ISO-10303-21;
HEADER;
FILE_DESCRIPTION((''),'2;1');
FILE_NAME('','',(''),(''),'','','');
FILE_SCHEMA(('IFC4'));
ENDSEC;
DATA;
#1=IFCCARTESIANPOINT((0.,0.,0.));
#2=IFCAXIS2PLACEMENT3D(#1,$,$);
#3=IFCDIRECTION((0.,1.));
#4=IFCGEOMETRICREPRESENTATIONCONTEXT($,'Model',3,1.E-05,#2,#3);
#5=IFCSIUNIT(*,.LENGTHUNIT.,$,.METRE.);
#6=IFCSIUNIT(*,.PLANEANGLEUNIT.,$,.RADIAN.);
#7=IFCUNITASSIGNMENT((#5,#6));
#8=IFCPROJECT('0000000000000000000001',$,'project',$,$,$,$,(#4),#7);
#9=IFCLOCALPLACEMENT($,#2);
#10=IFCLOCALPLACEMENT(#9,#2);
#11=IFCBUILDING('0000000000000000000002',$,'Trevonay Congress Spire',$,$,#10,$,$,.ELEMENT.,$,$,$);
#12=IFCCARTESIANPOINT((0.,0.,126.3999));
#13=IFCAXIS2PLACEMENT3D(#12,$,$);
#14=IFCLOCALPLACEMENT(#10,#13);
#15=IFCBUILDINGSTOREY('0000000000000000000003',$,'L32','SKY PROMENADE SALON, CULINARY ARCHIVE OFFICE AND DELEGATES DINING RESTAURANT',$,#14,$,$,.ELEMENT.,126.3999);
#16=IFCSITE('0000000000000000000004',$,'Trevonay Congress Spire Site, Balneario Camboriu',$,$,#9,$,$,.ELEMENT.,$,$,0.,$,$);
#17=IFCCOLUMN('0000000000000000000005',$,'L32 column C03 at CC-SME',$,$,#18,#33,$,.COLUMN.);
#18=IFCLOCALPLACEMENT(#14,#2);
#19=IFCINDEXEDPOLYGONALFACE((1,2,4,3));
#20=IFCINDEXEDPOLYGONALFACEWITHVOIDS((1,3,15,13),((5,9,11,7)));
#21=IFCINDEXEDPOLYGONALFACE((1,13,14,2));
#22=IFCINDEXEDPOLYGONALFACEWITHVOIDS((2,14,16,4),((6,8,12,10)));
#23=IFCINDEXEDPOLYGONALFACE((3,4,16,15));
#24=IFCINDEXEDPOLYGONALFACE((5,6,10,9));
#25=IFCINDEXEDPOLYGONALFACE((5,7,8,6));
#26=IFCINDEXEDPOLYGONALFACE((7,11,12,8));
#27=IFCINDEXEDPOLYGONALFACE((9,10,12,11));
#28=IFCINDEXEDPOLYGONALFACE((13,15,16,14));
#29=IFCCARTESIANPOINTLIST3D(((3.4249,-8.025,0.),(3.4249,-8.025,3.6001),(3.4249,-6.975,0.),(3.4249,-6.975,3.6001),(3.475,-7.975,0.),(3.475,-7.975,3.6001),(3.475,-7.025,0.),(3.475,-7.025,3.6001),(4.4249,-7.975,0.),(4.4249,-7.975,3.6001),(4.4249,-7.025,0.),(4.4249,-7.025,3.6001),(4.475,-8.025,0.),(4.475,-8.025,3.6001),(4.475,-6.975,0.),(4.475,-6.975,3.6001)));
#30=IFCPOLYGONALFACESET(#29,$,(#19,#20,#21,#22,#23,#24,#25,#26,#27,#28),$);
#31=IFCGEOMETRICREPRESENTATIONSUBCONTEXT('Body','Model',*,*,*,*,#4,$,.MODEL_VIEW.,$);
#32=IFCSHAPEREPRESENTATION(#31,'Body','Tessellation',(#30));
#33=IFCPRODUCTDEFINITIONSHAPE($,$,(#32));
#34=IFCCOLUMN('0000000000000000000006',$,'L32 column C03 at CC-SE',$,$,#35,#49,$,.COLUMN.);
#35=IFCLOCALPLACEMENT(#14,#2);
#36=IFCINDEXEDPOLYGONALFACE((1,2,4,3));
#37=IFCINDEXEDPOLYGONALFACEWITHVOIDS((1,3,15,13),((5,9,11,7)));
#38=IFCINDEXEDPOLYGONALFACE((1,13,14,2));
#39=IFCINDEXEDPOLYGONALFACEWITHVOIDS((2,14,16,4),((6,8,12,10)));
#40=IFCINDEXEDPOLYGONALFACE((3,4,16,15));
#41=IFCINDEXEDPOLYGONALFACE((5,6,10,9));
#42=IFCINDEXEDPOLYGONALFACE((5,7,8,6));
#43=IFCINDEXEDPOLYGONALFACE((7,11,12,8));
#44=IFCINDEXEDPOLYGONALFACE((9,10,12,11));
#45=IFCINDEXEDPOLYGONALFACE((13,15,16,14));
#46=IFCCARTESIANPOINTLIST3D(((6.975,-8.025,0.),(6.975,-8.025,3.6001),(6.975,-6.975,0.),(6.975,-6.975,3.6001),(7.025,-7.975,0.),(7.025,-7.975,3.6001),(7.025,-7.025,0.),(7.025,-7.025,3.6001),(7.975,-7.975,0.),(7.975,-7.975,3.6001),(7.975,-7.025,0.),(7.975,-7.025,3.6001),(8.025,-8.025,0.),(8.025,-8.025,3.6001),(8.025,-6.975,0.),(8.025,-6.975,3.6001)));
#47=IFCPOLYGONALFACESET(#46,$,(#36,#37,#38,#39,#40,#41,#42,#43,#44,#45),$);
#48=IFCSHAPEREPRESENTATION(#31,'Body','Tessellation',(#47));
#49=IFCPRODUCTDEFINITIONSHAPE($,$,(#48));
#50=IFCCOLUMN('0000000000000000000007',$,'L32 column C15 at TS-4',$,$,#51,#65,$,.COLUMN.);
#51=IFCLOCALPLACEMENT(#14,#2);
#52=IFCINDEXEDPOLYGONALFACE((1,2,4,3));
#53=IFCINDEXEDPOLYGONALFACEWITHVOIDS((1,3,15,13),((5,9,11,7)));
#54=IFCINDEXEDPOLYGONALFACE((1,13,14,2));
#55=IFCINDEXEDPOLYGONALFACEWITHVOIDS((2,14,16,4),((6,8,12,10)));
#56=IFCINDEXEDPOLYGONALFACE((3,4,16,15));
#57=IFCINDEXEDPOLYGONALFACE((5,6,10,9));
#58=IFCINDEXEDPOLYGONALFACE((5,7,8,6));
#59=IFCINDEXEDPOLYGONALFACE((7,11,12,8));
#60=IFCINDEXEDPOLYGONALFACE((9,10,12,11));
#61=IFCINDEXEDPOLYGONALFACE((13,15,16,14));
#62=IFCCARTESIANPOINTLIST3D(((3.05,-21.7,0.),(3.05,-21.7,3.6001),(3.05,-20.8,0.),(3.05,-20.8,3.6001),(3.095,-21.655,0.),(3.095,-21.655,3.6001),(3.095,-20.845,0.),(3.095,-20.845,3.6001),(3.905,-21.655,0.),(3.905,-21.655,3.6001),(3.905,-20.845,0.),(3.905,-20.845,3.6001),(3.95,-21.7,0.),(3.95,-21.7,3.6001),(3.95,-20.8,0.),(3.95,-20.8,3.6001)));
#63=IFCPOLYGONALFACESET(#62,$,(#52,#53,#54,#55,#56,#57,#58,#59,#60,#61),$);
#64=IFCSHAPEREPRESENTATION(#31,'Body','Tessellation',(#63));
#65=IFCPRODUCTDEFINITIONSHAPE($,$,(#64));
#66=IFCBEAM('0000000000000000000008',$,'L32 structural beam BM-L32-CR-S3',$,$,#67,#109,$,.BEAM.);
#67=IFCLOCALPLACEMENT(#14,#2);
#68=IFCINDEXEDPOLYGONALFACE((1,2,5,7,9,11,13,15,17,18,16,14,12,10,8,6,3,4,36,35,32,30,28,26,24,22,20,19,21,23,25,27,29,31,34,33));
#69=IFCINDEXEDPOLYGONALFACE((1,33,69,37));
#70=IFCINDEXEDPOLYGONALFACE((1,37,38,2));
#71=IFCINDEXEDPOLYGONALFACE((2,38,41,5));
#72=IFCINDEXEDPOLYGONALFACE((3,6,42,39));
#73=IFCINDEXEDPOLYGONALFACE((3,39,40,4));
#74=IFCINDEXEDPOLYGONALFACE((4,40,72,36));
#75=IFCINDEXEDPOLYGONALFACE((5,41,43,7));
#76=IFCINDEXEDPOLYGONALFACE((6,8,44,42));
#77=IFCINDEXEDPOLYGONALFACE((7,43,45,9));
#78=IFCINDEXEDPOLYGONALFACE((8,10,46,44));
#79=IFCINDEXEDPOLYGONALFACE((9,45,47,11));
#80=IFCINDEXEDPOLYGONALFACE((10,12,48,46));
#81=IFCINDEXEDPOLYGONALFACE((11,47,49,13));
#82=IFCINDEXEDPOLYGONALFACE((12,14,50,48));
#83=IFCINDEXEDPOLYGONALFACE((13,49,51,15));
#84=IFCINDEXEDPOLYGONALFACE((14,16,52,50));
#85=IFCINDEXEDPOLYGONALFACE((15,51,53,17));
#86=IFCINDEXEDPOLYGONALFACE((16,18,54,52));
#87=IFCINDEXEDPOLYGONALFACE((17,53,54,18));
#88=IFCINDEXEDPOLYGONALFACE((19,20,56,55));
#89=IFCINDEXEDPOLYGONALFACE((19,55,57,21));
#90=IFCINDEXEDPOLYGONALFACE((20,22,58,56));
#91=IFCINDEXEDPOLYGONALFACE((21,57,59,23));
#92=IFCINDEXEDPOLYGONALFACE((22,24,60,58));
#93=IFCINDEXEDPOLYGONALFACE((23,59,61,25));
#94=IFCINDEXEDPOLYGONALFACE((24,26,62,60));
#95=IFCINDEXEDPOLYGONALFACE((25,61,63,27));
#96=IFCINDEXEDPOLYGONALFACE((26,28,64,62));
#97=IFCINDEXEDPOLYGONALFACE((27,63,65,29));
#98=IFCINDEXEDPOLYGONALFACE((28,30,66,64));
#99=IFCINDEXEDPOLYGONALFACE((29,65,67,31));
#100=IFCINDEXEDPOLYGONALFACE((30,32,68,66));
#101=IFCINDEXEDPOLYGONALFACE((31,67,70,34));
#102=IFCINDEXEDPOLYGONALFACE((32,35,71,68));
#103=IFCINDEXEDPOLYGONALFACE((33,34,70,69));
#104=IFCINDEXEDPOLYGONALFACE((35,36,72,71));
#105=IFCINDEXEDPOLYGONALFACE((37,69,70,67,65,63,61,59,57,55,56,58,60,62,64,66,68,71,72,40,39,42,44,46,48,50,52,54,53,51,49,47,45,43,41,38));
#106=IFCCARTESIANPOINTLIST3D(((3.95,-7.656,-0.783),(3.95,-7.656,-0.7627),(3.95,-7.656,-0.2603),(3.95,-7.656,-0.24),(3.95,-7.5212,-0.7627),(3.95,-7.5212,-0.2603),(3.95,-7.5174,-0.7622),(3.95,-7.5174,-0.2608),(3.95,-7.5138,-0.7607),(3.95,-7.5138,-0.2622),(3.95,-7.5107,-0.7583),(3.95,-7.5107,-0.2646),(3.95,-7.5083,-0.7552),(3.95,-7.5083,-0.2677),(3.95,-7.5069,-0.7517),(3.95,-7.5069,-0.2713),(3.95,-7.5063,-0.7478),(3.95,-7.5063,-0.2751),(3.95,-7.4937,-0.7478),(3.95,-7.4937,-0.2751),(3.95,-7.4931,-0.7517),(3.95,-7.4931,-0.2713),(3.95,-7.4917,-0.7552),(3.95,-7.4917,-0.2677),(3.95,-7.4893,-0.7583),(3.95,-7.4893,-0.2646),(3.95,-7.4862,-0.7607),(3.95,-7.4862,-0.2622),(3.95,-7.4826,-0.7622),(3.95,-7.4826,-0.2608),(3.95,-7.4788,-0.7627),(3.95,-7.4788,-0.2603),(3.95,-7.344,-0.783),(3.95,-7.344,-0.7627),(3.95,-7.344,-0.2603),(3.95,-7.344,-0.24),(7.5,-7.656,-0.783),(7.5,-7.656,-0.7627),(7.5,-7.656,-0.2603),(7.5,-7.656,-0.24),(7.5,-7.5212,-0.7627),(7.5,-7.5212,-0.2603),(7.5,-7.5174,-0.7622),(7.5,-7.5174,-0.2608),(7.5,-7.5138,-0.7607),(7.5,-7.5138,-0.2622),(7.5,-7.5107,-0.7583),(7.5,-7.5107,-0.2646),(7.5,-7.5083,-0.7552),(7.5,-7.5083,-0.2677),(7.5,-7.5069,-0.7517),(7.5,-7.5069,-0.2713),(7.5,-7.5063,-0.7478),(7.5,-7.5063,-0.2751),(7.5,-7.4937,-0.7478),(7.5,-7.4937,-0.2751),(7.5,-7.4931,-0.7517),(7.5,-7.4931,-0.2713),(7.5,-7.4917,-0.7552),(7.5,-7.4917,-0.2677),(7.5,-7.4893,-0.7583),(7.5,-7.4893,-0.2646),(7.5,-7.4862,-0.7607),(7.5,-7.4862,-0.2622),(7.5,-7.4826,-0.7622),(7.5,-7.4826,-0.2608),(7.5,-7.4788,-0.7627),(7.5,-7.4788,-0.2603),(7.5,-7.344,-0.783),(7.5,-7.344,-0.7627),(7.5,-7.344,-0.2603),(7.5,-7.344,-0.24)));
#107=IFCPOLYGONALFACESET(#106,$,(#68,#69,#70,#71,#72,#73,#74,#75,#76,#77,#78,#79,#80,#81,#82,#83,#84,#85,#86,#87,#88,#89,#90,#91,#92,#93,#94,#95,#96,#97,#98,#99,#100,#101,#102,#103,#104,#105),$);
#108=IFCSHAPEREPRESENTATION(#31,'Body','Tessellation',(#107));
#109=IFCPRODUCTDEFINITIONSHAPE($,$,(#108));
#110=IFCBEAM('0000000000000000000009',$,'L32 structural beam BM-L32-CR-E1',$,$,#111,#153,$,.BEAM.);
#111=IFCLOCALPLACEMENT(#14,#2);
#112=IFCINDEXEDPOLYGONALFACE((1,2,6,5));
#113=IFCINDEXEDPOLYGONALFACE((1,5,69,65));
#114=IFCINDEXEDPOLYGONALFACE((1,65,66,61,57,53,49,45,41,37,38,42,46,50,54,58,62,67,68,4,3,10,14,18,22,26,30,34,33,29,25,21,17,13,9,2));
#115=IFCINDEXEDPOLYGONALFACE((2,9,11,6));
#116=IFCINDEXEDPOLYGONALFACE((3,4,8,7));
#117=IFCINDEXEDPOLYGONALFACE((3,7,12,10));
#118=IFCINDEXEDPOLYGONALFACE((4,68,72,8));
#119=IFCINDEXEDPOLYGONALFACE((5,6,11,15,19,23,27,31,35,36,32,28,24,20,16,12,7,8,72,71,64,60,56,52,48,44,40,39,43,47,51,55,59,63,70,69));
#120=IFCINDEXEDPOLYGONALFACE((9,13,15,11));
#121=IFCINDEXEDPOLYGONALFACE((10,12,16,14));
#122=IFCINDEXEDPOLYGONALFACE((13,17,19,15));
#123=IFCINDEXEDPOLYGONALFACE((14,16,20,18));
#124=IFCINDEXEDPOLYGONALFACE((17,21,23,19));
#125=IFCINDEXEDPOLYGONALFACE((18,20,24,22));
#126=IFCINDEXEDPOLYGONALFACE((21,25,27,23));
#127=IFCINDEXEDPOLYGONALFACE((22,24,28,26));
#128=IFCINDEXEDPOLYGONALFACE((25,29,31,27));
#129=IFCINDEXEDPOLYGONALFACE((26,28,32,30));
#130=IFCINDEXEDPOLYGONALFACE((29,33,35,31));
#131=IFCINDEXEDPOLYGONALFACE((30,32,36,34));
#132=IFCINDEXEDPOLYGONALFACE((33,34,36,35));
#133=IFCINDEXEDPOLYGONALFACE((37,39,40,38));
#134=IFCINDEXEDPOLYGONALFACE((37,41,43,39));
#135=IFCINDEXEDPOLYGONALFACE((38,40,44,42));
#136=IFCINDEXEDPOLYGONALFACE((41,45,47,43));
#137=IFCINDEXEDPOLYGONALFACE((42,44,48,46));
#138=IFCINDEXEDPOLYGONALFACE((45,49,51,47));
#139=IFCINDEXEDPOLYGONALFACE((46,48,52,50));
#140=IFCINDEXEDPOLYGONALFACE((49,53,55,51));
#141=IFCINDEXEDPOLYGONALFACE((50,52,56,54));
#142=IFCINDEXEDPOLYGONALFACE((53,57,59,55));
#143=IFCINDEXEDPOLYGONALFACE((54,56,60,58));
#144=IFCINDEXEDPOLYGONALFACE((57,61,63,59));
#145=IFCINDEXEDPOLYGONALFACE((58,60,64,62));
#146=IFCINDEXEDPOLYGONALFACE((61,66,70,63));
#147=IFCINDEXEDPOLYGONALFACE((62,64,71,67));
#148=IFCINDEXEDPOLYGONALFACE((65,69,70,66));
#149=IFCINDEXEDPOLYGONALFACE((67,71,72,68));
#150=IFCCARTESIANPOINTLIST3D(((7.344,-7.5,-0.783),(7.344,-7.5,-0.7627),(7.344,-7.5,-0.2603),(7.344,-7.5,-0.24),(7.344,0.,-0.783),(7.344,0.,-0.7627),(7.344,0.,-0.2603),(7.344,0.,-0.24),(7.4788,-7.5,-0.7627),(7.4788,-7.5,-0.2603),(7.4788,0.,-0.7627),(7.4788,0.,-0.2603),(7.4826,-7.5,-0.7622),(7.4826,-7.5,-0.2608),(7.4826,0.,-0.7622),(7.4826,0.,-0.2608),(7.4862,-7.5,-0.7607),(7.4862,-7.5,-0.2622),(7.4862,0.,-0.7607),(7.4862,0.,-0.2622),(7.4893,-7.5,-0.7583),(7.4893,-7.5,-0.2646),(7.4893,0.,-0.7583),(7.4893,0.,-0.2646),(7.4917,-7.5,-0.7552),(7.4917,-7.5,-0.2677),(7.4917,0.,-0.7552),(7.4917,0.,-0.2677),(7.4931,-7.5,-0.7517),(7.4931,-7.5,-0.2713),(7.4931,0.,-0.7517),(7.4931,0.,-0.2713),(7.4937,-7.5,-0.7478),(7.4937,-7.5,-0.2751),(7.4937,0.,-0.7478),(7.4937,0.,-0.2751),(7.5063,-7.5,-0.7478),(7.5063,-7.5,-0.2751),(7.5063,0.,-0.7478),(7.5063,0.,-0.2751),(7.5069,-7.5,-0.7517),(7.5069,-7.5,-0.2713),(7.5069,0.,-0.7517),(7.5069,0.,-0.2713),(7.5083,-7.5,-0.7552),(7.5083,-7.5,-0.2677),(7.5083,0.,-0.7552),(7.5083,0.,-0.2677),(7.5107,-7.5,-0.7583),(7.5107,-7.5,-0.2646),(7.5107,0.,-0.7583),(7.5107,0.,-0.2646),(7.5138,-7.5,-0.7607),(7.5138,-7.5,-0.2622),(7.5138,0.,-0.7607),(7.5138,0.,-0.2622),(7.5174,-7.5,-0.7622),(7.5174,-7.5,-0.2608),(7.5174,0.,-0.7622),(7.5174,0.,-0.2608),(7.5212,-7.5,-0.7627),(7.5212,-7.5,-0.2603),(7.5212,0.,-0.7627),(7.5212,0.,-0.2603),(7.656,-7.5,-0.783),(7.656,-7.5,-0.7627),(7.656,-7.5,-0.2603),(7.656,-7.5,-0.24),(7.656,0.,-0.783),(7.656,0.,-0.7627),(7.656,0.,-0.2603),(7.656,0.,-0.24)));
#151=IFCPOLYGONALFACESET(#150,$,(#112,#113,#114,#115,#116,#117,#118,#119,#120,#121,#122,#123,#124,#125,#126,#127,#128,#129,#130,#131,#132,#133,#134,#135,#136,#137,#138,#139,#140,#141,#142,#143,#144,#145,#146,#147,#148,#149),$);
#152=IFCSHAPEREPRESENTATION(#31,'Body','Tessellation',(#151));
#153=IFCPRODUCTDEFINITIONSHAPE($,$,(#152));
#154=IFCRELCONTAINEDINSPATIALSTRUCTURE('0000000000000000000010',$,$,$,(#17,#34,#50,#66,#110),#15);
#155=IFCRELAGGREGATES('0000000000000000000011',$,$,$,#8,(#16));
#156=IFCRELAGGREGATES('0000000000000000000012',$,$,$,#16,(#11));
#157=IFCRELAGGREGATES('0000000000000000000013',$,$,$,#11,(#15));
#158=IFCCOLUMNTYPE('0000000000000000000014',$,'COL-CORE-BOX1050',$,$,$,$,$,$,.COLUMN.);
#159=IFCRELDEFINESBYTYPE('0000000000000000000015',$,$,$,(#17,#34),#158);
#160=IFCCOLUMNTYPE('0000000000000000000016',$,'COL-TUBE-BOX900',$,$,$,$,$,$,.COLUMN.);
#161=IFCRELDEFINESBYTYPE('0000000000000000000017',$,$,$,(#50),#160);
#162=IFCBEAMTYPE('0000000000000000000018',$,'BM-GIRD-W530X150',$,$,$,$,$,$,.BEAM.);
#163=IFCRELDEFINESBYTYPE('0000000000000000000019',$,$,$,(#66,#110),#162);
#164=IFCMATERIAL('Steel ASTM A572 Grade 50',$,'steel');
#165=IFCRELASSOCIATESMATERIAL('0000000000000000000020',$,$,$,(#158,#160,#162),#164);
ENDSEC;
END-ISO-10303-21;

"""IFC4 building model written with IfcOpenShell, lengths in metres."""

from ifc_helpers import new_model, si_unit, direction, frame, origin, origin_2d, place, context, subcontext, project, spatial, hollow_rectangle, i_section, extrude, material, material_profile, profile_set, type_object, element, save


model = new_model("IFC4")

# Units and contexts
model_context = context("Model", 3, precision=1e-05, world=origin(), true_north=direction((0.0, 1.0)))
body_context = subcontext(model_context, "Body", "Model", "MODEL_VIEW")
ifc_project = project(units=[si_unit("LENGTHUNIT", "METRE"), si_unit("PLANEANGLEUNIT", "RADIAN")], contexts=[model_context])

# Site, building, storey
site_placement = place(None, origin())
site = spatial("IfcSite", under=ifc_project, at=site_placement, Name="Trevonay Congress Spire Site, Balneario Camboriu", CompositionType="ELEMENT", RefElevation=0.0)
building_placement = place(site_placement, origin())
building = spatial("IfcBuilding", under=site, at=building_placement, Name="Trevonay Congress Spire", CompositionType="ELEMENT")
storey_placement = place(building_placement, frame((0.0, 0.0, 126.3999)))
storey = spatial("IfcBuildingStorey", under=building, at=storey_placement, Name="L32", Description="SKY PROMENADE SALON, CULINARY ARCHIVE OFFICE AND DELEGATES DINING RESTAURANT", CompositionType="ELEMENT", Elevation=126.3999)

# Columns
ifc_material_1 = material(Name="Steel ASTM A572 Grade 50", Category="steel")
ifc_material_profile_1 = material_profile(ifc_material_1, hollow_rectangle(XDim=1.05, YDim=1.05, WallThickness=0.05, at=origin_2d()), Name="BOX 1050x1050x50")
ifc_profile_set_1 = profile_set([ifc_material_profile_1], Name="Steel ASTM A572 Grade 50")
column_type_1 = type_object("IfcColumnType", Name="COL-CORE-BOX1050", PredefinedType="COLUMN", material=ifc_profile_set_1)
for number, where, z_axis, x_axis, name in (
    (1, (3.95, -7.5, 0.0), (0.0, 0.0, 1.0), (1.0, 0.0, 0.0), "L32 column C03 at CC-SME"),
    (2, (7.5, -7.5, 0.0), (0.0, 0.0, 1.0), (1.0, 0.0, 0.0), "L32 column C03 at CC-SE"),
):
    element("IfcColumn", number, at=place(storey_placement, frame(where, z_axis=z_axis, x_axis=x_axis)), inside=storey, type_object=column_type_1, Name=name, PredefinedType="COLUMN", context=body_context, shape_type="SweptSolid", body=[
        extrude(hollow_rectangle(XDim=1.05, YDim=1.05, WallThickness=0.05, at=origin_2d()), origin(), (0.0, 0.0, 1.0), 3.6001),
    ])
ifc_material_profile_2 = material_profile(ifc_material_1, hollow_rectangle(XDim=0.8999, YDim=0.8999, WallThickness=0.0449, at=origin_2d()), Name="BOX 900x900x45")
ifc_profile_set_2 = profile_set([ifc_material_profile_2], Name="Steel ASTM A572 Grade 50")
column_type_2 = type_object("IfcColumnType", Name="COL-TUBE-BOX900", PredefinedType="COLUMN", material=ifc_profile_set_2)
column_placement = place(storey_placement, frame((3.5, -21.25, 0.0), z_axis=(0.0, 0.0, 1.0), x_axis=(1.0, 0.0, 0.0)))
element("IfcColumn", 3, at=column_placement, inside=storey, type_object=column_type_2, Name="L32 column C15 at TS-4", PredefinedType="COLUMN", context=body_context, shape_type="SweptSolid", body=[
    extrude(hollow_rectangle(XDim=0.8999, YDim=0.8999, WallThickness=0.0449, at=origin_2d()), origin(), (0.0, 0.0, 1.0), 3.6001),
])

# Beams
ifc_material_profile_3 = material_profile(ifc_material_1, i_section(OverallWidth=0.312, OverallDepth=0.543, WebThickness=0.0127, FlangeThickness=0.0203, FilletRadius=0.0149, at=origin_2d()), Name="W530x150")
ifc_profile_set_3 = profile_set([ifc_material_profile_3], Name="Steel ASTM A572 Grade 50")
beam_type_1 = type_object("IfcBeamType", Name="BM-GIRD-W530X150", PredefinedType="BEAM", material=ifc_profile_set_3)
beam_1_placement = place(storey_placement, frame((3.95, -7.5, -0.5115), z_axis=(1.0, 0.0, 0.0), x_axis=(0.0, 1.0, 0.0)))
element("IfcBeam", 4, at=beam_1_placement, inside=storey, type_object=beam_type_1, Name="L32 structural beam BM-L32-CR-S3", PredefinedType="BEAM", context=body_context, shape_type="SweptSolid", body=[
    extrude(i_section(OverallWidth=0.312, OverallDepth=0.543, WebThickness=0.0127, FlangeThickness=0.0203, FilletRadius=0.0149, at=origin_2d()), origin(), (0.0, 0.0, 1.0), 3.55),
])
beam_2_placement = place(storey_placement, frame((7.5, -7.5, -0.5115), z_axis=(0.0, 1.0, 0.0), x_axis=(-1.0, 0.0, 0.0)))
element("IfcBeam", 5, at=beam_2_placement, inside=storey, type_object=beam_type_1, Name="L32 structural beam BM-L32-CR-E1", PredefinedType="BEAM", context=body_context, shape_type="SweptSolid", body=[
    extrude(i_section(OverallWidth=0.312, OverallDepth=0.543, WebThickness=0.0127, FlangeThickness=0.0203, FilletRadius=0.0149, at=origin_2d()), origin(), (0.0, 0.0, 1.0), 7.5),
])

save(model, "model.ifc")
